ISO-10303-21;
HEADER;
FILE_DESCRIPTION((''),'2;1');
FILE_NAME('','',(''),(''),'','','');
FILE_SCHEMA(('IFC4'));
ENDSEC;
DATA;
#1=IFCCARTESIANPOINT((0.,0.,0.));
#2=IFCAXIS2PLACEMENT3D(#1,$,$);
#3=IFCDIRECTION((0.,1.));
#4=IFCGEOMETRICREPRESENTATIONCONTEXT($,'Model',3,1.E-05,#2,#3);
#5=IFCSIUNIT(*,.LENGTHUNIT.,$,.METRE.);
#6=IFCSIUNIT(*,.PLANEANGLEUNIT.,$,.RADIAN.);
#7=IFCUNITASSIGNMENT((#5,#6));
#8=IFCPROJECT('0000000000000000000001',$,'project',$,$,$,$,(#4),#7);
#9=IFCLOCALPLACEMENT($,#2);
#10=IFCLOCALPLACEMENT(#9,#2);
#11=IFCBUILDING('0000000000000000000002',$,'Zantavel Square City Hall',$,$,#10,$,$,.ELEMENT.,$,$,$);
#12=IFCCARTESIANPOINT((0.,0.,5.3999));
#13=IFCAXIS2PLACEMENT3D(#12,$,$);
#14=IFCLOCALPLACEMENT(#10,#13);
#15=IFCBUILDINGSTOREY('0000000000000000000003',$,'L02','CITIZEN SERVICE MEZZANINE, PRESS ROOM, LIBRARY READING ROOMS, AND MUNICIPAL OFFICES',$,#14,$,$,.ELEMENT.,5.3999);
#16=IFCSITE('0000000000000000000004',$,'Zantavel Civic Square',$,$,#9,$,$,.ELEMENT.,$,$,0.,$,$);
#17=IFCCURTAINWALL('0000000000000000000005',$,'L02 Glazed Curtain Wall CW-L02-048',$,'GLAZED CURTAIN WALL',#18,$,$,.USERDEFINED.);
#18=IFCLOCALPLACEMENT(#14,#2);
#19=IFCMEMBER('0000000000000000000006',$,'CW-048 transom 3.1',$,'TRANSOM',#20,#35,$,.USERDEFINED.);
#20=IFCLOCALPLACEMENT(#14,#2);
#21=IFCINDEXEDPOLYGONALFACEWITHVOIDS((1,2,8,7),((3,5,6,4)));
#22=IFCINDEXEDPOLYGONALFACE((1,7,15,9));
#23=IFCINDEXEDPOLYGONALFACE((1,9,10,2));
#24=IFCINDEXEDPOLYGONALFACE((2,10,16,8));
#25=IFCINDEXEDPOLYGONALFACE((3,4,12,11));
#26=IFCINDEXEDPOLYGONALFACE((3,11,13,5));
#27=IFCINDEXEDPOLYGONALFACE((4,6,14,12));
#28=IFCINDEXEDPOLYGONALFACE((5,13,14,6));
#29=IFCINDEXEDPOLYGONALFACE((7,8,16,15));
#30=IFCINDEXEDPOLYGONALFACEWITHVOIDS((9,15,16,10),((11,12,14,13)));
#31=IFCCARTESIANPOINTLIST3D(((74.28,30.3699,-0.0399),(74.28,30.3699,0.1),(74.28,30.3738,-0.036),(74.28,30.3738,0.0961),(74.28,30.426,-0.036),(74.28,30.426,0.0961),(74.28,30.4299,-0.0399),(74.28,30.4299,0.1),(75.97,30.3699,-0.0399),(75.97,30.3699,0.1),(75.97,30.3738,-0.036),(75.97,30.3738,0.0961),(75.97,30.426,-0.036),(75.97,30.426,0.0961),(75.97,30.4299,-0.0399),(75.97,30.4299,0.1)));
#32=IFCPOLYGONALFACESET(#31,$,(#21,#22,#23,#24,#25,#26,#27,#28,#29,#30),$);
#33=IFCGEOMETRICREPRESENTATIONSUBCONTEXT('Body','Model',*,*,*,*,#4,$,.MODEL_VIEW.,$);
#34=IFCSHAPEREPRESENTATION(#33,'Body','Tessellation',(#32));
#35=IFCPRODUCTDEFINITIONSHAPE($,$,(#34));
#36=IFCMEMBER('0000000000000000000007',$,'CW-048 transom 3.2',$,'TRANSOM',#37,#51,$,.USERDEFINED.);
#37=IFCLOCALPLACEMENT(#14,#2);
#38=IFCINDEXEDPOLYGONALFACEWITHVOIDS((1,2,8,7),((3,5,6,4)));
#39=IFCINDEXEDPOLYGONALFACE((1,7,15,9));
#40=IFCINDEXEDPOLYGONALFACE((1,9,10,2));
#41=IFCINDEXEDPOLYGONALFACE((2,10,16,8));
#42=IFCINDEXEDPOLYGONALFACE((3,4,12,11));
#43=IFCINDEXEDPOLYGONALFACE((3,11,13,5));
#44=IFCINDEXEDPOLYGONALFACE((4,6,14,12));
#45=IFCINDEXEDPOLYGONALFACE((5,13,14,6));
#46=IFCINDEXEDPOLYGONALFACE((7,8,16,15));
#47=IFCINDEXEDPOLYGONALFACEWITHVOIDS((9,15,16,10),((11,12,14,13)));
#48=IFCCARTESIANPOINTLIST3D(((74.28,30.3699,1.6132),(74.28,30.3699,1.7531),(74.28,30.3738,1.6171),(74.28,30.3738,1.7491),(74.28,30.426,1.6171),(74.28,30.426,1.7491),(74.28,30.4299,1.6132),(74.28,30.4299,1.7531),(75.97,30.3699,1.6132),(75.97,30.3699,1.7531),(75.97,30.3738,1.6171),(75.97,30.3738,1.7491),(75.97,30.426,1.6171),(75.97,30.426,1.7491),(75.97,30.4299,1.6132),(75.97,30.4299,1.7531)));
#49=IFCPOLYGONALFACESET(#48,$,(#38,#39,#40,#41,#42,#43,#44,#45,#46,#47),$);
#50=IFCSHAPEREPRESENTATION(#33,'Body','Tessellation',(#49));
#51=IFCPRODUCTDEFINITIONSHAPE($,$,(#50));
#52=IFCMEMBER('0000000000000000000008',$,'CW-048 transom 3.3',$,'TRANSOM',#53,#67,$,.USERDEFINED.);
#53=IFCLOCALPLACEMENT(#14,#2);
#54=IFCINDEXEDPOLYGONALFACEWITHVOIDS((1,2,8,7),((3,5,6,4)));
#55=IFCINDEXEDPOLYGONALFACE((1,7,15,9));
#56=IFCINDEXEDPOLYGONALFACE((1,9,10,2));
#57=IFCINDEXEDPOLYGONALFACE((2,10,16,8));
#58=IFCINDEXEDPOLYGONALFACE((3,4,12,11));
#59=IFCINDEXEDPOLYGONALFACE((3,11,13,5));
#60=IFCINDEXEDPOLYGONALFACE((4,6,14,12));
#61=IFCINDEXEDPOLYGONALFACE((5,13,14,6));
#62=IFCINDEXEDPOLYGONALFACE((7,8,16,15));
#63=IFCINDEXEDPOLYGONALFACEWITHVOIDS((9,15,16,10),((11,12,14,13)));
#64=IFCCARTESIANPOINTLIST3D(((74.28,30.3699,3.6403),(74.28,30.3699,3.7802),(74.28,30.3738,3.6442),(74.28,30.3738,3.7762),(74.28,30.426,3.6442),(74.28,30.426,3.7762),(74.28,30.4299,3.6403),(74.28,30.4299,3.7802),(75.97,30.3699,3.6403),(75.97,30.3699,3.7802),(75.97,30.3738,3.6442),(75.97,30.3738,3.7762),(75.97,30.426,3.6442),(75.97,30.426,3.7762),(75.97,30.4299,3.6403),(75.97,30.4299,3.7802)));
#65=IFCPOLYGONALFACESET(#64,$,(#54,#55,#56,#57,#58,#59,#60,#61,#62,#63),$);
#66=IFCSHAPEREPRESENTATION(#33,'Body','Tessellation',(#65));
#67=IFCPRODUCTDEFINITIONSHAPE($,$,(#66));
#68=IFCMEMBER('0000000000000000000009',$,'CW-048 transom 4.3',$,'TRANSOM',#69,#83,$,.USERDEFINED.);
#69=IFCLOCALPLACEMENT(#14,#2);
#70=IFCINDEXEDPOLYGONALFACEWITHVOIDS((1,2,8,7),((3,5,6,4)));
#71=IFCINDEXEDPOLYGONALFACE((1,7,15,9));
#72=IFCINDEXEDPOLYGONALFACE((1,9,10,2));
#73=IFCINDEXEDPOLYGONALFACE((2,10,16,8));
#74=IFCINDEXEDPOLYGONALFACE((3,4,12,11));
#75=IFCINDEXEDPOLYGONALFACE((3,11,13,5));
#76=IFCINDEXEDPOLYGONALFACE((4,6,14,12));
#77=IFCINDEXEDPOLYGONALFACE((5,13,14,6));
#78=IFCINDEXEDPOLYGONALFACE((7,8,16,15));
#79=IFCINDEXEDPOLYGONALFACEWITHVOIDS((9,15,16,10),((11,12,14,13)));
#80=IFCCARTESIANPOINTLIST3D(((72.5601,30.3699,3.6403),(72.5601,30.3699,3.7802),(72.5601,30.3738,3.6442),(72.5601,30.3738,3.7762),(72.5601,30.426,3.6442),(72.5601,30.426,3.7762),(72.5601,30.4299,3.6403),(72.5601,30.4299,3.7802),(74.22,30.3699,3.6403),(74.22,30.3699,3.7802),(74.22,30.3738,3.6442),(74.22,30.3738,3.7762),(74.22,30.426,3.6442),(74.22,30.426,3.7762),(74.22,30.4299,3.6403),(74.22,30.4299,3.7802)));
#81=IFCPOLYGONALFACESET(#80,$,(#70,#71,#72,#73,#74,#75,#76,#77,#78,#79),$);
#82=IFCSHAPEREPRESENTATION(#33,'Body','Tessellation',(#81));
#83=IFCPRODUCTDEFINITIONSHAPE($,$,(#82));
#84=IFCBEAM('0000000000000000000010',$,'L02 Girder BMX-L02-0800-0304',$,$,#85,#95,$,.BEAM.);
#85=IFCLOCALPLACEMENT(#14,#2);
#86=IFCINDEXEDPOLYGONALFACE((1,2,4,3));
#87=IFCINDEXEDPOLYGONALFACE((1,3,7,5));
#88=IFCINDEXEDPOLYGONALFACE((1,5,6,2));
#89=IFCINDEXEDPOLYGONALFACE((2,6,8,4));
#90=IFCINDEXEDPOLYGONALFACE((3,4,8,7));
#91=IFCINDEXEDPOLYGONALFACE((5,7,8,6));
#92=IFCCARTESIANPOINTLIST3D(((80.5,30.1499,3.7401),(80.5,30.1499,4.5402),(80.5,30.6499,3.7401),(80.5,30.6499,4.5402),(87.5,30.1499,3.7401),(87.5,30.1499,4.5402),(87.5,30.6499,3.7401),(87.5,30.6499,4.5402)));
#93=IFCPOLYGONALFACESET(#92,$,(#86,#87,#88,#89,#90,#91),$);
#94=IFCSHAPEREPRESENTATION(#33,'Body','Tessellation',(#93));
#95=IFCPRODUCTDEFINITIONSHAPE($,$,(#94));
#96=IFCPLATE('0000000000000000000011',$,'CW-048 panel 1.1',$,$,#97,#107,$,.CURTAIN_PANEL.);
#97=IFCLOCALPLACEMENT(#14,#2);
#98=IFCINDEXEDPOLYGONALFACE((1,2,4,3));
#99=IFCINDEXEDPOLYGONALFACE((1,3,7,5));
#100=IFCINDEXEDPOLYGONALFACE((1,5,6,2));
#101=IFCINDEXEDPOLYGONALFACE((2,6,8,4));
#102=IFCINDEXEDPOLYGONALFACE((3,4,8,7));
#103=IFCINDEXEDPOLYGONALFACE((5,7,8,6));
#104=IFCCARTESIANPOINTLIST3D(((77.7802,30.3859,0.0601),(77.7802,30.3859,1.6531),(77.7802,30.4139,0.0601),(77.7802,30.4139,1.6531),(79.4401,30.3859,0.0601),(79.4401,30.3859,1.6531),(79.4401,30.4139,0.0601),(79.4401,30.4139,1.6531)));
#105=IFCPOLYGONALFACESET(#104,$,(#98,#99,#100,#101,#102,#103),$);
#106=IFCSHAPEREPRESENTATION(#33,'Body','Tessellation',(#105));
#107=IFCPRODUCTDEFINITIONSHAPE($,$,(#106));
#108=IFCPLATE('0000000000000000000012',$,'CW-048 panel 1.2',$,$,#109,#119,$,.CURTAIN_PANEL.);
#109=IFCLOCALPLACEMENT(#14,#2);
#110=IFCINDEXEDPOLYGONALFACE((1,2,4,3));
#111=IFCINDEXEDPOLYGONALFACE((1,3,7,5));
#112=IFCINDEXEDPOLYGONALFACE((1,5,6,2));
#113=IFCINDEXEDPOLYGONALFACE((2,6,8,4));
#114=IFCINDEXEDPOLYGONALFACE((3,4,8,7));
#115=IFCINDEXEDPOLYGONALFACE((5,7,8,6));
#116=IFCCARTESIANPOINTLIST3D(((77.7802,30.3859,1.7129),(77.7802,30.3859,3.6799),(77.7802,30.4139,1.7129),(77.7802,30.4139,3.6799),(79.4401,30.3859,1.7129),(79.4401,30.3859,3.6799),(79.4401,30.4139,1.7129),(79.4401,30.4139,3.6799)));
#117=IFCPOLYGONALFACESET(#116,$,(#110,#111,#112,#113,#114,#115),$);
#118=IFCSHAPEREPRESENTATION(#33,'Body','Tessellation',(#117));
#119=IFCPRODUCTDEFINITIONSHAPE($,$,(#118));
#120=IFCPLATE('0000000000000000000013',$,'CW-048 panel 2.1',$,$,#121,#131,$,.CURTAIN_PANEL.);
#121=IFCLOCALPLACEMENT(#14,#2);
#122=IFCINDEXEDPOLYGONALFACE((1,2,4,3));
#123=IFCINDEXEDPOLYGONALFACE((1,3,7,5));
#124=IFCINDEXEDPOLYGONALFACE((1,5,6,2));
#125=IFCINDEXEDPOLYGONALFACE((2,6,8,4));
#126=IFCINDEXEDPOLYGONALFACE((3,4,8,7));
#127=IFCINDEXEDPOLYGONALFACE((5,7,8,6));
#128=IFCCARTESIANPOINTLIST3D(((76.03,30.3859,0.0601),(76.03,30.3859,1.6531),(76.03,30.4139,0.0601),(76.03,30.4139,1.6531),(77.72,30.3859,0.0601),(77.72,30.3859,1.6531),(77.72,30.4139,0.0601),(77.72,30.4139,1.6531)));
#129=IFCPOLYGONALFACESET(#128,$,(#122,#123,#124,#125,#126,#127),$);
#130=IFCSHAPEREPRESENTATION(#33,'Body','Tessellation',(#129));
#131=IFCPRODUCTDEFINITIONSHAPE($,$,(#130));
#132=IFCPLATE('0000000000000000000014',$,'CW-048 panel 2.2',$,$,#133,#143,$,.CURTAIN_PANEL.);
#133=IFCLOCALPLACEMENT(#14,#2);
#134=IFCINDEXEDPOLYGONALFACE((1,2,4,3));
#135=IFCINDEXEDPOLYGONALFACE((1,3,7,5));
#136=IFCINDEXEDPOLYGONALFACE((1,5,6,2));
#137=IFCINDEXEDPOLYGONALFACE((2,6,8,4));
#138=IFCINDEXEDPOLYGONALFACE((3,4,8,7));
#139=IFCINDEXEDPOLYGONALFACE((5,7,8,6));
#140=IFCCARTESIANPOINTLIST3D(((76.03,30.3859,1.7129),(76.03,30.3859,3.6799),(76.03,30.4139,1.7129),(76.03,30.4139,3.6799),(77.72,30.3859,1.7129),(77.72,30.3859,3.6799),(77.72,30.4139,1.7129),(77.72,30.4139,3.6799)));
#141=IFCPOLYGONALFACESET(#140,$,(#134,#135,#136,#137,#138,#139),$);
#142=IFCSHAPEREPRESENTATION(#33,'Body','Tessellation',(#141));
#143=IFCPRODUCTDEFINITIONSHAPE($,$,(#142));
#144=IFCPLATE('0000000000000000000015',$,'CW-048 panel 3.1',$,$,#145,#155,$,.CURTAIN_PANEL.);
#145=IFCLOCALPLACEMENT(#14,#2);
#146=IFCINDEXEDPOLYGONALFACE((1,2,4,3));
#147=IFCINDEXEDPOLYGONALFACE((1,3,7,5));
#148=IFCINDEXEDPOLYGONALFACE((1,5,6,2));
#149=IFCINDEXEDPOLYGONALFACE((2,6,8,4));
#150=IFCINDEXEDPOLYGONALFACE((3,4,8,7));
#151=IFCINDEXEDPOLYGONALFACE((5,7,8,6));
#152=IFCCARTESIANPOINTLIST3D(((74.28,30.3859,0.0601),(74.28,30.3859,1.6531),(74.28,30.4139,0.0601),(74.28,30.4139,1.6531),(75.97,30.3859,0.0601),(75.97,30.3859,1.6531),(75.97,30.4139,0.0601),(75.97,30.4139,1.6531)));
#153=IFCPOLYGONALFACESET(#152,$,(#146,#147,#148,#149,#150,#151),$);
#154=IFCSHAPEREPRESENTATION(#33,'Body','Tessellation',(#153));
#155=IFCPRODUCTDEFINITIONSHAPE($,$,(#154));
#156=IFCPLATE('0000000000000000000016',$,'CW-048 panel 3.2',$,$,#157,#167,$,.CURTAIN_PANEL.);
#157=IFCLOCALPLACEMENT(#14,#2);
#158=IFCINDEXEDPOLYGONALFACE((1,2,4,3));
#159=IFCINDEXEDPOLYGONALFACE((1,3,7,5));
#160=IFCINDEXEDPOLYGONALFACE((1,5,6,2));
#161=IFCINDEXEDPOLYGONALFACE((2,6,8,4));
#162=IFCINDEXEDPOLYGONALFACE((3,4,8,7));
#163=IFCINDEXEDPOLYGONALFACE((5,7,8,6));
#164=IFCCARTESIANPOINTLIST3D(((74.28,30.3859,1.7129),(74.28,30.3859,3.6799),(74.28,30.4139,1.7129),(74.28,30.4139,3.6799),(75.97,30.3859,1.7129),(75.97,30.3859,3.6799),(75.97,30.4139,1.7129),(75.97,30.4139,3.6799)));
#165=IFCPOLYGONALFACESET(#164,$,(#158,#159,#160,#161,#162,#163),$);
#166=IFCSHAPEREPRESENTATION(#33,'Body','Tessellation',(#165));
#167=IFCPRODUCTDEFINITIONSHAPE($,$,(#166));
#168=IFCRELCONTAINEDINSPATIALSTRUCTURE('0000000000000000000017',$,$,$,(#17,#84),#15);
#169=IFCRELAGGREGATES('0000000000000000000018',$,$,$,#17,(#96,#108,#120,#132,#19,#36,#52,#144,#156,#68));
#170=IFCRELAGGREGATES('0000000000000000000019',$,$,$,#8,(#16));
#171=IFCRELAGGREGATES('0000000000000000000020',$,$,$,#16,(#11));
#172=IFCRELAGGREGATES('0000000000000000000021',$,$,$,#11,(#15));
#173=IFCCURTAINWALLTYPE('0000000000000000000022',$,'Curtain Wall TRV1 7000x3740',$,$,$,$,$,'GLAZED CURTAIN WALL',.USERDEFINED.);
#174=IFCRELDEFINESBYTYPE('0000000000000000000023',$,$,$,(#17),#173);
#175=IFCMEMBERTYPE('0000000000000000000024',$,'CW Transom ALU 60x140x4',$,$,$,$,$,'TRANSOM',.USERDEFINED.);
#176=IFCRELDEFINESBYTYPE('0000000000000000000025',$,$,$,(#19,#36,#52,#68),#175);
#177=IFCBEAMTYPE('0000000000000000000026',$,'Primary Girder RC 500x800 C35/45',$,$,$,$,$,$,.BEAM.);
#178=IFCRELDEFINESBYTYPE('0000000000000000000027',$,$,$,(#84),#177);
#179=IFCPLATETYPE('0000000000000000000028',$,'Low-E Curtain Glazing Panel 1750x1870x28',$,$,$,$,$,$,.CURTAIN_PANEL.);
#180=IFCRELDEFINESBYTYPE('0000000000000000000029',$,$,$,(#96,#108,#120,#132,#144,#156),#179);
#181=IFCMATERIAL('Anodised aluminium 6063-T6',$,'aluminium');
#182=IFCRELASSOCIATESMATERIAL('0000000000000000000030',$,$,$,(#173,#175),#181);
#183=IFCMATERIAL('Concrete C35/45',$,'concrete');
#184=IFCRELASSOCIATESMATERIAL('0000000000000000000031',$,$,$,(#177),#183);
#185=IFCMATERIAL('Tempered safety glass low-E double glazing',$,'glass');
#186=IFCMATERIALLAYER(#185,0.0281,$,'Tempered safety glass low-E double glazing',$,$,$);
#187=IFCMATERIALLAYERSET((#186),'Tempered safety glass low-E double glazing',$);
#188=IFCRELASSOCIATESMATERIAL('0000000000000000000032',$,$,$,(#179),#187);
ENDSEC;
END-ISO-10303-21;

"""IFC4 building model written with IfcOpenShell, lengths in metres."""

from ifc_helpers import new_model, si_unit, direction, frame, origin, origin_2d, place, context, subcontext, project, spatial, rectangle, hollow_rectangle, extrude, material, layer, layer_set, material_profile, profile_set, type_object, element, aggregate, save


model = new_model("IFC4")

# Units and contexts
model_context = context("Model", 3, precision=1e-05, world=origin(), true_north=direction((0.0, 1.0)))
body_context = subcontext(model_context, "Body", "Model", "MODEL_VIEW")
ifc_project = project(units=[si_unit("LENGTHUNIT", "METRE"), si_unit("PLANEANGLEUNIT", "RADIAN")], contexts=[model_context])

# Site, building, storey
site_placement = place(None, origin())
site = spatial("IfcSite", under=ifc_project, at=site_placement, Name="Zantavel Civic Square", CompositionType="ELEMENT", RefElevation=0.0)
building_placement = place(site_placement, origin())
building = spatial("IfcBuilding", under=site, at=building_placement, Name="Zantavel Square City Hall", CompositionType="ELEMENT")
storey_placement = place(building_placement, frame((0.0, 0.0, 5.3999)))
storey = spatial("IfcBuildingStorey", under=building, at=storey_placement, Name="L02", Description="CITIZEN SERVICE MEZZANINE, PRESS ROOM, LIBRARY READING ROOMS, AND MUNICIPAL OFFICES", CompositionType="ELEMENT", Elevation=5.3999)

# Curtain wall, members
ifc_material_1 = material(Name="Anodised aluminium 6063-T6", Category="aluminium")
curtain_wall_type = type_object("IfcCurtainWallType", Name="Curtain Wall TRV1 7000x3740", ElementType="GLAZED CURTAIN WALL", PredefinedType="USERDEFINED", material=ifc_material_1)
curtain_wall_placement = place(storey_placement, origin())
curtain_wall = element("IfcCurtainWall", 1, at=curtain_wall_placement, inside=storey, type_object=curtain_wall_type, Name="L02 Glazed Curtain Wall CW-L02-048", ObjectType="GLAZED CURTAIN WALL", PredefinedType="USERDEFINED")
ifc_material_profile_1 = material_profile(ifc_material_1, hollow_rectangle(XDim=0.0601, YDim=0.1399, WallThickness=0.0039, at=origin_2d()), Name="ALU 60x140x4")
ifc_profile_set_1 = profile_set([ifc_material_profile_1], Name="Anodised aluminium 6063-T6")
member_type_1 = type_object("IfcMemberType", Name="CW Transom ALU 60x140x4", ElementType="TRANSOM", PredefinedType="USERDEFINED", material=ifc_profile_set_1)
member_1_placement = place(storey_placement, frame((75.97, 30.3999, 0.03), z_axis=(-1.0, 0.0, 0.0), x_axis=(0.0, -1.0, 0.0)))
member_1 = element("IfcMember", 2, at=member_1_placement, type_object=member_type_1, Name="CW-048 transom 3.1", ObjectType="TRANSOM", PredefinedType="USERDEFINED", context=body_context, shape_type="SweptSolid", body=[
    extrude(hollow_rectangle(XDim=0.0601, YDim=0.1399, WallThickness=0.0039, at=origin_2d()), origin(), (0.0, 0.0, 1.0), 1.6899),
])
member_2_placement = place(storey_placement, frame((75.97, 30.3999, 1.6831), z_axis=(-1.0, 0.0, 0.0), x_axis=(0.0, -1.0, 0.0)))
member_2 = element("IfcMember", 3, at=member_2_placement, type_object=member_type_1, Name="CW-048 transom 3.2", ObjectType="TRANSOM", PredefinedType="USERDEFINED", context=body_context, shape_type="SweptSolid", body=[
    extrude(hollow_rectangle(XDim=0.0601, YDim=0.1399, WallThickness=0.0039, at=origin_2d()), origin(), (0.0, 0.0, 1.0), 1.6899),
])
member_3_placement = place(storey_placement, frame((75.97, 30.3999, 3.7102), z_axis=(-1.0, 0.0, 0.0), x_axis=(0.0, -1.0, 0.0)))
member_3 = element("IfcMember", 4, at=member_3_placement, type_object=member_type_1, Name="CW-048 transom 3.3", ObjectType="TRANSOM", PredefinedType="USERDEFINED", context=body_context, shape_type="SweptSolid", body=[
    extrude(hollow_rectangle(XDim=0.0601, YDim=0.1399, WallThickness=0.0039, at=origin_2d()), origin(), (0.0, 0.0, 1.0), 1.6899),
])
member_4_placement = place(storey_placement, frame((74.22, 30.3999, 3.7102), z_axis=(-1.0, 0.0, 0.0), x_axis=(0.0, -1.0, 0.0)))
member_4 = element("IfcMember", 5, at=member_4_placement, type_object=member_type_1, Name="CW-048 transom 4.3", ObjectType="TRANSOM", PredefinedType="USERDEFINED", context=body_context, shape_type="SweptSolid", body=[
    extrude(hollow_rectangle(XDim=0.0601, YDim=0.1399, WallThickness=0.0039, at=origin_2d()), origin(), (0.0, 0.0, 1.0), 1.6599),
])

# Beam
ifc_material_2 = material(Name="Concrete C35/45", Category="concrete")
ifc_material_profile_2 = material_profile(ifc_material_2, rectangle(XDim=0.5, YDim=0.8, at=origin_2d()), Name="RC 500x800")
ifc_profile_set_2 = profile_set([ifc_material_profile_2], Name="Concrete C35/45")
beam_type = type_object("IfcBeamType", Name="Primary Girder RC 500x800 C35/45", PredefinedType="BEAM", material=ifc_profile_set_2)
beam_placement = place(storey_placement, frame((80.5, 30.3999, 4.1401), z_axis=(1.0, 0.0, 0.0), x_axis=(0.0, 1.0, 0.0)))
element("IfcBeam", 6, at=beam_placement, inside=storey, type_object=beam_type, Name="L02 Girder BMX-L02-0800-0304", PredefinedType="BEAM", context=body_context, shape_type="SweptSolid", body=[
    extrude(rectangle(XDim=0.5, YDim=0.8, at=origin_2d()), origin(), (0.0, 0.0, 1.0), 7.0),
])

# Plates
ifc_material_3 = material(Name="Tempered safety glass low-E double glazing", Category="glass")
ifc_layer = layer(ifc_material_3, 0.0281, Name="Tempered safety glass low-E double glazing")
ifc_layer_set = layer_set([ifc_layer], Name="Tempered safety glass low-E double glazing")
plate_type = type_object("IfcPlateType", Name="Low-E Curtain Glazing Panel 1750x1870x28", PredefinedType="CURTAIN_PANEL", material=ifc_layer_set)
plate_1_placement = place(storey_placement, frame((78.6101, 30.3999, 0.0601), z_axis=(0.0, 0.0, 1.0), x_axis=(-1.0, 0.0, 0.0)))
plate_1 = element("IfcPlate", 7, at=plate_1_placement, type_object=plate_type, Name="CW-048 panel 1.1", PredefinedType="CURTAIN_PANEL", context=body_context, shape_type="SweptSolid", body=[
    extrude(rectangle(XDim=1.6599, YDim=0.0281, at=origin_2d()), origin(), (0.0, 0.0, 1.0), 1.593),
])
plate_2_placement = place(storey_placement, frame((78.6101, 30.3999, 1.7129), z_axis=(0.0, 0.0, 1.0), x_axis=(-1.0, 0.0, 0.0)))
plate_2 = element("IfcPlate", 8, at=plate_2_placement, type_object=plate_type, Name="CW-048 panel 1.2", PredefinedType="CURTAIN_PANEL", context=body_context, shape_type="SweptSolid", body=[
    extrude(rectangle(XDim=1.6599, YDim=0.0281, at=origin_2d()), origin(), (0.0, 0.0, 1.0), 1.967),
])
plate_3_placement = place(storey_placement, frame((76.875, 30.3999, 0.0601), z_axis=(0.0, 0.0, 1.0), x_axis=(-1.0, 0.0, 0.0)))
plate_3 = element("IfcPlate", 9, at=plate_3_placement, type_object=plate_type, Name="CW-048 panel 2.1", PredefinedType="CURTAIN_PANEL", context=body_context, shape_type="SweptSolid", body=[
    extrude(rectangle(XDim=1.6899, YDim=0.0281, at=origin_2d()), origin(), (0.0, 0.0, 1.0), 1.593),
])
plate_4_placement = place(storey_placement, frame((76.875, 30.3999, 1.7129), z_axis=(0.0, 0.0, 1.0), x_axis=(-1.0, 0.0, 0.0)))
plate_4 = element("IfcPlate", 10, at=plate_4_placement, type_object=plate_type, Name="CW-048 panel 2.2", PredefinedType="CURTAIN_PANEL", context=body_context, shape_type="SweptSolid", body=[
    extrude(rectangle(XDim=1.6899, YDim=0.0281, at=origin_2d()), origin(), (0.0, 0.0, 1.0), 1.967),
])
plate_5_placement = place(storey_placement, frame((75.125, 30.3999, 0.0601), z_axis=(0.0, 0.0, 1.0), x_axis=(-1.0, 0.0, 0.0)))
plate_5 = element("IfcPlate", 11, at=plate_5_placement, type_object=plate_type, Name="CW-048 panel 3.1", PredefinedType="CURTAIN_PANEL", context=body_context, shape_type="SweptSolid", body=[
    extrude(rectangle(XDim=1.6899, YDim=0.0281, at=origin_2d()), origin(), (0.0, 0.0, 1.0), 1.593),
])
plate_6_placement = place(storey_placement, frame((75.125, 30.3999, 1.7129), z_axis=(0.0, 0.0, 1.0), x_axis=(-1.0, 0.0, 0.0)))
plate_6 = element("IfcPlate", 12, at=plate_6_placement, type_object=plate_type, Name="CW-048 panel 3.2", PredefinedType="CURTAIN_PANEL", context=body_context, shape_type="SweptSolid", body=[
    extrude(rectangle(XDim=1.6899, YDim=0.0281, at=origin_2d()), origin(), (0.0, 0.0, 1.0), 1.967),
])
aggregate(curtain_wall, [plate_1, plate_2, plate_3, plate_4, member_1, member_2, member_3, plate_5, plate_6, member_4])

save(model, "model.ifc")
